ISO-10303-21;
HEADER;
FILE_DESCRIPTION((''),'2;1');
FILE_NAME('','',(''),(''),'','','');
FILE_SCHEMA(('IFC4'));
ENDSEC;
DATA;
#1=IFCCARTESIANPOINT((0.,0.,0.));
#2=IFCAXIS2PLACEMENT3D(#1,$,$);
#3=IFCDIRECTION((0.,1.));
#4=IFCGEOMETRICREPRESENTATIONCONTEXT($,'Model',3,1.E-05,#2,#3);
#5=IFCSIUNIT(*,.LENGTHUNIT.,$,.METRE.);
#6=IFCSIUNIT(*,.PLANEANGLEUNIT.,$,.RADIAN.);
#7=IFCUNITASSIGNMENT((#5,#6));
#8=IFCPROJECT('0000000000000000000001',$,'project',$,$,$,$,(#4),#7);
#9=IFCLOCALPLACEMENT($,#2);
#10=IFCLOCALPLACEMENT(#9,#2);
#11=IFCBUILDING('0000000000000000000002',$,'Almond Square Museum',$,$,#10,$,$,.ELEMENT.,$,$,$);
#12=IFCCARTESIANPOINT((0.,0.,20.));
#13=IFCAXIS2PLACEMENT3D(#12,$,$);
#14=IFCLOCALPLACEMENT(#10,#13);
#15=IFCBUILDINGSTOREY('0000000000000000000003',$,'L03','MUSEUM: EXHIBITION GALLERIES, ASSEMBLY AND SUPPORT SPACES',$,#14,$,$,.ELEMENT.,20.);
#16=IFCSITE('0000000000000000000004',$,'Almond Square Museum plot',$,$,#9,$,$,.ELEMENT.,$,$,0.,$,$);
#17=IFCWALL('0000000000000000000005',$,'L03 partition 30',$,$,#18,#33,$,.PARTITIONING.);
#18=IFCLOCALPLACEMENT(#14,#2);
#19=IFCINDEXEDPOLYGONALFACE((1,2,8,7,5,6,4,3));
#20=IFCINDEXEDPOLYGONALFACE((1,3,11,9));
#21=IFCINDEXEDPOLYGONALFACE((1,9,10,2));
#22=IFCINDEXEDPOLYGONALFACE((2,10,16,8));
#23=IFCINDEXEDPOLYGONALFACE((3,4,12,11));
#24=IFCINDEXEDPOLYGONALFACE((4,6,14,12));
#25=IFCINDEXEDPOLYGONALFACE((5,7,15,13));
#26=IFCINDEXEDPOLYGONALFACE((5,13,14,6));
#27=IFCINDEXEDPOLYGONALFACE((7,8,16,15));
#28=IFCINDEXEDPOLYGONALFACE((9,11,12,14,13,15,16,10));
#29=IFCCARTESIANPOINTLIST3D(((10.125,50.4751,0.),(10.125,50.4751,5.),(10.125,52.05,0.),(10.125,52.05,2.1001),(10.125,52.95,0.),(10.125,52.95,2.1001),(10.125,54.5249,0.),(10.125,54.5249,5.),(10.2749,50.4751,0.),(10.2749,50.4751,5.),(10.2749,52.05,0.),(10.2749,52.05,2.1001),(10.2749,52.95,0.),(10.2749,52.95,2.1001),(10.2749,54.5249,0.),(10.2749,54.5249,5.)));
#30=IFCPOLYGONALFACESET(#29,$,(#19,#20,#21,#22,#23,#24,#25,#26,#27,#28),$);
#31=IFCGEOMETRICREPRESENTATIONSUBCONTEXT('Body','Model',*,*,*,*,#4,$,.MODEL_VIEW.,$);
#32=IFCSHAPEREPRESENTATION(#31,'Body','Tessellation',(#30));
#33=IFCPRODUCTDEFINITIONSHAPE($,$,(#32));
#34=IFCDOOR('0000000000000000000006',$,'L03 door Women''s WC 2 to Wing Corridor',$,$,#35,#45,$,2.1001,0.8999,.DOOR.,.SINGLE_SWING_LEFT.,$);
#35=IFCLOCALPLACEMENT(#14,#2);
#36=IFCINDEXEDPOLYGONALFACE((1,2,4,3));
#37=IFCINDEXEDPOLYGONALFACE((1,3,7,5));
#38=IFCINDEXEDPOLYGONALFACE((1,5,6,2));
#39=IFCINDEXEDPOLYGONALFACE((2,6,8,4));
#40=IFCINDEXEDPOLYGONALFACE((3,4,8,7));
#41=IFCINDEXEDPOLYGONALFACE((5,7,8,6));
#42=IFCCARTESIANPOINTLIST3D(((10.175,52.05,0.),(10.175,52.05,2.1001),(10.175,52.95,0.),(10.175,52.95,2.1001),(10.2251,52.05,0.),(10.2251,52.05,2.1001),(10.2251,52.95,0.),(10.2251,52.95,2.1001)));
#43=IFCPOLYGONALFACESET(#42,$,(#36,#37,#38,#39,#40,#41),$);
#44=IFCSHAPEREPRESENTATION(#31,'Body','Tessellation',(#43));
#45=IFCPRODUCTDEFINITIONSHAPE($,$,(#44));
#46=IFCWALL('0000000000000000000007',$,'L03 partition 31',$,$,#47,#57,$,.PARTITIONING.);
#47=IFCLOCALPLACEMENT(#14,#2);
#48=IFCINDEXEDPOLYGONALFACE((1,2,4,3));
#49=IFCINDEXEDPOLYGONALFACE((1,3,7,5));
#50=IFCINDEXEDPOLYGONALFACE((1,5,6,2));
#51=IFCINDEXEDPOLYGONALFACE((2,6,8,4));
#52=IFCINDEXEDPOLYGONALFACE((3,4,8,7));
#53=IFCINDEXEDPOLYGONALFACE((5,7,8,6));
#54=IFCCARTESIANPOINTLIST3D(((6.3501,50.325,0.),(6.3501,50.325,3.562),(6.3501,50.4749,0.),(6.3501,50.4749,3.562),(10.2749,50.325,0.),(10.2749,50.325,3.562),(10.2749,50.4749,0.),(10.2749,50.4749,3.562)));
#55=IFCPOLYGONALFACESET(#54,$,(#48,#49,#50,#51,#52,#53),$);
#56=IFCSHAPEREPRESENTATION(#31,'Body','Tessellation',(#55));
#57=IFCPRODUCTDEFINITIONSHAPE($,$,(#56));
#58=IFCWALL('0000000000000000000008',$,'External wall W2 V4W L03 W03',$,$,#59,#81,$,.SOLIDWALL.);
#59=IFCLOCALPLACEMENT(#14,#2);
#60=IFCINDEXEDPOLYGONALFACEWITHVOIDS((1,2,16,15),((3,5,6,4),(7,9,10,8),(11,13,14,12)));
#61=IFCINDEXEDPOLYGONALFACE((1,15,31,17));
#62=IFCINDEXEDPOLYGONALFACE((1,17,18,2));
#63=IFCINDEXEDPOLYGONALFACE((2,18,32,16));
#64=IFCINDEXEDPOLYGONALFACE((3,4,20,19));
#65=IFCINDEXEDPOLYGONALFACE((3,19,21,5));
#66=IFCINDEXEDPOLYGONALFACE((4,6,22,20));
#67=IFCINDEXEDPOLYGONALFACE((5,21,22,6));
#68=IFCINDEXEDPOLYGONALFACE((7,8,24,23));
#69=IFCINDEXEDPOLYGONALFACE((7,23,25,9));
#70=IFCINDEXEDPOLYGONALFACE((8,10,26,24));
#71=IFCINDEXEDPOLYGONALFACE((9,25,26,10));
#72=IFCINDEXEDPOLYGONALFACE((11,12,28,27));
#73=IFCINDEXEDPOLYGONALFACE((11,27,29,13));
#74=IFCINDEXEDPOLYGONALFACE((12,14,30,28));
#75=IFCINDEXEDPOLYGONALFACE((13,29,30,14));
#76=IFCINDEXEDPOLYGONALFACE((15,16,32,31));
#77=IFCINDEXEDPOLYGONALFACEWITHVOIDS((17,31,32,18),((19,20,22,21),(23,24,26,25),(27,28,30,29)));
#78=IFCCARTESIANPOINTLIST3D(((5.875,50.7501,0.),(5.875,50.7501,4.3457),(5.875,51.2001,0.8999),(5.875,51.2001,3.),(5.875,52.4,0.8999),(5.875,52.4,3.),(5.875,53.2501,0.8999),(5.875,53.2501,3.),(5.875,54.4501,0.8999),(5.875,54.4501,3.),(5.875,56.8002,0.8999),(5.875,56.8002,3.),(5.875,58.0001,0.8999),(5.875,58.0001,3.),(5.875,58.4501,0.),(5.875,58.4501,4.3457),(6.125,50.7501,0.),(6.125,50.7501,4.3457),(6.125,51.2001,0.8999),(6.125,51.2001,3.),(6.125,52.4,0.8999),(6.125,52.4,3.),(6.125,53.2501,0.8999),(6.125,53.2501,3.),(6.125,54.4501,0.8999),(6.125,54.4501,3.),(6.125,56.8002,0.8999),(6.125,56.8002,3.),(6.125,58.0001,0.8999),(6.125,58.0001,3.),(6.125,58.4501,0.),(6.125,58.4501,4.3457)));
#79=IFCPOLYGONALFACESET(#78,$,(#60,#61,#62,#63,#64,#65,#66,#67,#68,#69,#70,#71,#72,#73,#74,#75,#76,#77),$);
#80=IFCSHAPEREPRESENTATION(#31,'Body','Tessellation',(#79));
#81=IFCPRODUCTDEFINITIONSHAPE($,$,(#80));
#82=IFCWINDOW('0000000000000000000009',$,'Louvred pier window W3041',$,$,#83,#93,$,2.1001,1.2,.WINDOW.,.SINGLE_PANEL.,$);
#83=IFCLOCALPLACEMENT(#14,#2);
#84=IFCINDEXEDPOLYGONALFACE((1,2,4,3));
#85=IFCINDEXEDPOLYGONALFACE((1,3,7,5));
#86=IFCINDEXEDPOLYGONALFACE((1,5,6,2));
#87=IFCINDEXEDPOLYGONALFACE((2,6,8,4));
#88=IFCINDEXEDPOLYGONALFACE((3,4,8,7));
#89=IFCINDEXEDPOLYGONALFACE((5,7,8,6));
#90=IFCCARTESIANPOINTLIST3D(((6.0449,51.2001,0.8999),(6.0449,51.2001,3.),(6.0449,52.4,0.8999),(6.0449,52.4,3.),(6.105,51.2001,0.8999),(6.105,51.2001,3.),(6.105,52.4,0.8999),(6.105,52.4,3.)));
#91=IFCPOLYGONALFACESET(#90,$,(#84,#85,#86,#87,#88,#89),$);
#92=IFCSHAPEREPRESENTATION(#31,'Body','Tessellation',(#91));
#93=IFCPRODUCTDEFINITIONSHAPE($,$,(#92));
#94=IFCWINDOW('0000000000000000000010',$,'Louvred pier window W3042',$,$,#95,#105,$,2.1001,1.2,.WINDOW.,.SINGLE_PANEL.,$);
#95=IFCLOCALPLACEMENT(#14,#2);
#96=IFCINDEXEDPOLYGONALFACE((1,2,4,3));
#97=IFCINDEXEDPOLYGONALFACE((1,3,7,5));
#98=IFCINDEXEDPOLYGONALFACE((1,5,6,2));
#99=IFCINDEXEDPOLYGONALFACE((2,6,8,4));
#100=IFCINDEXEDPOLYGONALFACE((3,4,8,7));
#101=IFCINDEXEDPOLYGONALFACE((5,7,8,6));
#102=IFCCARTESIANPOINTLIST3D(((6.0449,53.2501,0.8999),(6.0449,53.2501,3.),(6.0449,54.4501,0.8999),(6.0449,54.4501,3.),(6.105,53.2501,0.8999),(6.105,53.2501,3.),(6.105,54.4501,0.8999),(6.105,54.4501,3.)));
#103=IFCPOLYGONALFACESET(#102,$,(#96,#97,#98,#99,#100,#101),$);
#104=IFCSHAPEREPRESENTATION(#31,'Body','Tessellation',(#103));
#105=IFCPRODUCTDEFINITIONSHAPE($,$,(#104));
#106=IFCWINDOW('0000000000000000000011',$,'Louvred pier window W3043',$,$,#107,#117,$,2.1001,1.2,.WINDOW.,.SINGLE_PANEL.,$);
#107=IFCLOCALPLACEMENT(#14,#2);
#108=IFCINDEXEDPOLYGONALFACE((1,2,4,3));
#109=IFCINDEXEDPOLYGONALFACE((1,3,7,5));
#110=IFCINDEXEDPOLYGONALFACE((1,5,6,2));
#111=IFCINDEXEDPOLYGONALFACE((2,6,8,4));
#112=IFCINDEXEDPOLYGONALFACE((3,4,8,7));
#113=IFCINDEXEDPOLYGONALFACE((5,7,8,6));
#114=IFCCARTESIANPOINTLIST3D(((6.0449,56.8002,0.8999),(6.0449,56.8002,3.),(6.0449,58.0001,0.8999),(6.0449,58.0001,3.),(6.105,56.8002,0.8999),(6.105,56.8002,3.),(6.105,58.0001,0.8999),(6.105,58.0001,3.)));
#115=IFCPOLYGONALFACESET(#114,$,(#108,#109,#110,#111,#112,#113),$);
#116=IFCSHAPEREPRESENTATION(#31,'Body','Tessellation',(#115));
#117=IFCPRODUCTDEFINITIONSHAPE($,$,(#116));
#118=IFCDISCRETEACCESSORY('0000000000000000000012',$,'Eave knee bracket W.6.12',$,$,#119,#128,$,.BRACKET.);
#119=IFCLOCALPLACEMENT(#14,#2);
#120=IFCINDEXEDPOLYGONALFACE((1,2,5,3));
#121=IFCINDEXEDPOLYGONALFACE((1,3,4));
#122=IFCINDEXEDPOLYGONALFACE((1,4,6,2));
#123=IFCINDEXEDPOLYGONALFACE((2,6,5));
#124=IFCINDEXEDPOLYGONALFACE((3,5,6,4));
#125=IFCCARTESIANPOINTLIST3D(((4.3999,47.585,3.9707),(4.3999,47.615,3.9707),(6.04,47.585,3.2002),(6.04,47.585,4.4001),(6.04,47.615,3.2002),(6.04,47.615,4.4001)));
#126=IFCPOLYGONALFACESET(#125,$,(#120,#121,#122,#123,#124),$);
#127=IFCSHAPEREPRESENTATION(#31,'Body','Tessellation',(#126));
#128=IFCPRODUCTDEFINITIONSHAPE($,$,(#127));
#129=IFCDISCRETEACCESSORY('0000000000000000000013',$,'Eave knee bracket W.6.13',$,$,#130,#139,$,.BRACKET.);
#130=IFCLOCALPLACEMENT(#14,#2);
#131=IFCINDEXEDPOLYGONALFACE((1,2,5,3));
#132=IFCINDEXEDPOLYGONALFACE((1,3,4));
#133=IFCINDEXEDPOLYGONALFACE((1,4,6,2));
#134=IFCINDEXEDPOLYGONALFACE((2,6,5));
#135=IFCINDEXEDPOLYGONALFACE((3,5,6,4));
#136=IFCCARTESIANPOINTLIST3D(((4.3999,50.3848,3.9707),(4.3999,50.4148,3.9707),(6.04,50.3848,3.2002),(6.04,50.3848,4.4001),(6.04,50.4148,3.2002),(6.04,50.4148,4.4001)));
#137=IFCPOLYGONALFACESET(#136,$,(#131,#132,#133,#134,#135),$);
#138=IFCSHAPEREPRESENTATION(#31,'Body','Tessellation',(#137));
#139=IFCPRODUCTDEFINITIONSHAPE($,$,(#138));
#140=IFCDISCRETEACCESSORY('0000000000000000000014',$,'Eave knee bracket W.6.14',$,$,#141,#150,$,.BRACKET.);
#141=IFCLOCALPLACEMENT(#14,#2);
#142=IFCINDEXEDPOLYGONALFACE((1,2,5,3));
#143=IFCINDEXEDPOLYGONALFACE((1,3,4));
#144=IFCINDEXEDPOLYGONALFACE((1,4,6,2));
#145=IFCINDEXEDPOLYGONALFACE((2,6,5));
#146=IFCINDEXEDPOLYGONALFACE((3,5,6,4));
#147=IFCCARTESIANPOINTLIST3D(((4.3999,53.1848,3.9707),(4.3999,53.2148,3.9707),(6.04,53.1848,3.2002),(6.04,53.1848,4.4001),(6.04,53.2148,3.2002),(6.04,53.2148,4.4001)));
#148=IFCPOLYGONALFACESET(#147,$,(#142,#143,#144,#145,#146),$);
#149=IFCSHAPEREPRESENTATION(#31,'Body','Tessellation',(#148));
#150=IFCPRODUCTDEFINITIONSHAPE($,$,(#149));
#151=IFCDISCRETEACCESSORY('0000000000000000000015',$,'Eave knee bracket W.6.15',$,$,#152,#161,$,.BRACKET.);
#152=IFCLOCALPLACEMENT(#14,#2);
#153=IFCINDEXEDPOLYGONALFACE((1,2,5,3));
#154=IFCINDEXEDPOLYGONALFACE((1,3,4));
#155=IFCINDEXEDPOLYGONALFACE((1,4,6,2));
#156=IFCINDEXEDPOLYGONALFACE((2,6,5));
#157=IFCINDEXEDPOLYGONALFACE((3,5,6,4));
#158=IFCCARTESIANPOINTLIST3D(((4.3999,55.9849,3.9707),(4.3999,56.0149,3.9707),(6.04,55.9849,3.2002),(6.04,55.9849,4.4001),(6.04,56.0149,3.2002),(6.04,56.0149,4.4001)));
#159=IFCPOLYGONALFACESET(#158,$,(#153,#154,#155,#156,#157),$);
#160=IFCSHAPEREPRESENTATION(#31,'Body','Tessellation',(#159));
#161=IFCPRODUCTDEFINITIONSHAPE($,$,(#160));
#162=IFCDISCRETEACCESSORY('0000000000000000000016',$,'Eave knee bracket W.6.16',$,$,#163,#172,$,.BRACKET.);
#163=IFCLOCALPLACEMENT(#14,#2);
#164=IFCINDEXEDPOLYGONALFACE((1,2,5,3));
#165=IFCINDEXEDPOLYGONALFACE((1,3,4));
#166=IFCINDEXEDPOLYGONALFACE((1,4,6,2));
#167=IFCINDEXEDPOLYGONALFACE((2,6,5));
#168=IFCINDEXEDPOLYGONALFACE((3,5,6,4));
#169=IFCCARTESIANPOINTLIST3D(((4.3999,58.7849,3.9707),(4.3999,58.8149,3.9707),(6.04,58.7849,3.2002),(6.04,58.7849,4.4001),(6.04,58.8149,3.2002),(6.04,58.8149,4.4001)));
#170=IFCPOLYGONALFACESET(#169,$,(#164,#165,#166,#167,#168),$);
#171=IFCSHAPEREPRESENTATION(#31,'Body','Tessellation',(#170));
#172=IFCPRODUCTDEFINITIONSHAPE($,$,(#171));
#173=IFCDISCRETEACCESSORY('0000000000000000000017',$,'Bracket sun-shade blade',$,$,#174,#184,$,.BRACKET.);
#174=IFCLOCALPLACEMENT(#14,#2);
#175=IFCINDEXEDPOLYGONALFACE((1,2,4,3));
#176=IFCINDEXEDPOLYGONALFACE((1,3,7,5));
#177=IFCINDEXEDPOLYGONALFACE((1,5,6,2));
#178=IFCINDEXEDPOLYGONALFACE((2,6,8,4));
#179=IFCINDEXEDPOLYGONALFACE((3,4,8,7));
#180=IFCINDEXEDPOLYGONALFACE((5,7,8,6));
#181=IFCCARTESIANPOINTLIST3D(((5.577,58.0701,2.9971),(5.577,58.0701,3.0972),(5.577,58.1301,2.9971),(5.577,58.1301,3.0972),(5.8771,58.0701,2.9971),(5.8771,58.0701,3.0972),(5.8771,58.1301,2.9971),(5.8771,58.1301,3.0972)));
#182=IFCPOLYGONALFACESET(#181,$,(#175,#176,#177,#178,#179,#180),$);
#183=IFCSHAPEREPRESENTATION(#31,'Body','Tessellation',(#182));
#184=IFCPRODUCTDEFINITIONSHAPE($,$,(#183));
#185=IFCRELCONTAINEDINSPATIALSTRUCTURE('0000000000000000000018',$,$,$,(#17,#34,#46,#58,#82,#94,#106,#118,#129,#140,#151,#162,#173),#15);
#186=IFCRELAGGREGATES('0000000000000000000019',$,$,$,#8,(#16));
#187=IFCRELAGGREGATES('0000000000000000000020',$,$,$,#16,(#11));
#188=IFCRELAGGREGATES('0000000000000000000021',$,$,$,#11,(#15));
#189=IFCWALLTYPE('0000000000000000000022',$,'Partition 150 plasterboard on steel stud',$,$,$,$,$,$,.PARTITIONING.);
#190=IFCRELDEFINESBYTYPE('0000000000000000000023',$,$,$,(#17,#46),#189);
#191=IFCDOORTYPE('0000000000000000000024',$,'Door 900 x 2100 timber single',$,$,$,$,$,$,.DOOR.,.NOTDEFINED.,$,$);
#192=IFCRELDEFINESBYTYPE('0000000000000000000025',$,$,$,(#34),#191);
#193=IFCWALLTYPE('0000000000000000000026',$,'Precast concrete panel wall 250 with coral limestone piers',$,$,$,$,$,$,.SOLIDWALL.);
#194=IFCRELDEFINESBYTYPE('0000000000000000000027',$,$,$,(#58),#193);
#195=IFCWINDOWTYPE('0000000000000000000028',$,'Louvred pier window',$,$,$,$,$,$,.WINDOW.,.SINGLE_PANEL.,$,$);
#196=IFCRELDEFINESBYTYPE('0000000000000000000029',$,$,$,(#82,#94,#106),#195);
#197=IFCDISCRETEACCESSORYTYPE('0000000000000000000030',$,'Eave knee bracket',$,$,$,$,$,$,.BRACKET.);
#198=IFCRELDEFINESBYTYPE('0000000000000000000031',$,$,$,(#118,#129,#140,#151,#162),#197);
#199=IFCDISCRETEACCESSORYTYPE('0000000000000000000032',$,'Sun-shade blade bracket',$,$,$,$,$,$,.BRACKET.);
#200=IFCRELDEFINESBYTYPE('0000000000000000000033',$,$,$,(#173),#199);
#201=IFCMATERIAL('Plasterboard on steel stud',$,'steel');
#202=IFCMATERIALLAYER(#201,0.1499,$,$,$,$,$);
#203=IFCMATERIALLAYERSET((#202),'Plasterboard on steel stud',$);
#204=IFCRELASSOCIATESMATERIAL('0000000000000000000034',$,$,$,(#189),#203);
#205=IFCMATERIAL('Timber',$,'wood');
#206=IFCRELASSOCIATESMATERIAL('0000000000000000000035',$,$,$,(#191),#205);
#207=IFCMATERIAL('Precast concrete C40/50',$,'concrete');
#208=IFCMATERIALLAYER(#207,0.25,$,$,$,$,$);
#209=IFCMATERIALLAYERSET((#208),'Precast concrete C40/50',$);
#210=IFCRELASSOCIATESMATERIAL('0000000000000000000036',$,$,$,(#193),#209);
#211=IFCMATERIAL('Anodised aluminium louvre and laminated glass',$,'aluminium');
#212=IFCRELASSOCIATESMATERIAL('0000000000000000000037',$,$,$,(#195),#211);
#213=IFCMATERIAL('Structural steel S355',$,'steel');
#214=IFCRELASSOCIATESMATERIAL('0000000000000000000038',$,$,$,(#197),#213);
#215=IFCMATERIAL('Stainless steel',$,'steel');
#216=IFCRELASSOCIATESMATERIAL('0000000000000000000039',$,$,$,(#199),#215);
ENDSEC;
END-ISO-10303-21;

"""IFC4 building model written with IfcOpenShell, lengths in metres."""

from ifc_helpers import new_model, si_unit, direction, frame, frame_2d, origin, origin_2d, place, context, subcontext, project, spatial, polyline, rectangle, outline, extrude, material, layer, layer_set, type_object, element, fill, save


model = new_model("IFC4")

# Units and contexts
model_context = context("Model", 3, precision=1e-05, world=origin(), true_north=direction((0.0, 1.0)))
body_context = subcontext(model_context, "Body", "Model", "MODEL_VIEW")
ifc_project = project(units=[si_unit("LENGTHUNIT", "METRE"), si_unit("PLANEANGLEUNIT", "RADIAN")], contexts=[model_context])

# Site, building, storey
site_placement = place(None, origin())
site = spatial("IfcSite", under=ifc_project, at=site_placement, Name="Almond Square Museum plot", CompositionType="ELEMENT", RefElevation=0.0)
building_placement = place(site_placement, origin())
building = spatial("IfcBuilding", under=site, at=building_placement, Name="Almond Square Museum", CompositionType="ELEMENT")
storey_placement = place(building_placement, frame((0.0, 0.0, 20.0)))
storey = spatial("IfcBuildingStorey", under=building, at=storey_placement, Name="L03", Description="MUSEUM: EXHIBITION GALLERIES, ASSEMBLY AND SUPPORT SPACES", CompositionType="ELEMENT", Elevation=20.0)

# Shared definitions
ifc_material_1 = material(Name="Plasterboard on steel stud", Category="steel")
ifc_layer_1 = layer(ifc_material_1, 0.1499)
ifc_layer_set_1 = layer_set([ifc_layer_1], Name="Plasterboard on steel stud")
wall_type_1 = type_object("IfcWallType", Name="Partition 150 plasterboard on steel stud", PredefinedType="PARTITIONING", material=ifc_layer_set_1)

# Shared definitions
ifc_material_2 = material(Name="Timber", Category="wood")
door_type = type_object("IfcDoorType", Name="Door 900 x 2100 timber single", OperationType="NOTDEFINED", PredefinedType="DOOR", material=ifc_material_2)

# Wall, opening, door
wall_1_placement = place(storey_placement, frame((10.2, 50.4751, 0.0), z_axis=(0.0, 0.0, 1.0), x_axis=(0.0, 1.0, 0.0)))
wall_1 = element("IfcWall", 1, at=wall_1_placement, inside=storey, type_object=wall_type_1, Name="L03 partition 30", PredefinedType="PARTITIONING", context=body_context, shape_type="SweptSolid", body=[
    extrude(rectangle(XDim=4.0498, YDim=0.1499, at=frame_2d((2.0249, 0.0))), origin(), (0.0, 0.0, 1.0), 5.0),
])
opening_1_placement = place(wall_1_placement, frame((1.575, 0.0, 0.0)))
opening_1 = element("IfcOpeningElement", 2, at=opening_1_placement, cuts=wall_1, PredefinedType="OPENING", context=body_context, shape_type="SweptSolid", body=[
    extrude(rectangle(XDim=0.8999, YDim=2.1001, at=frame_2d((0.45, 1.05))), frame((0.0, 0.085, 0.0), z_axis=(0.0, -1.0, 0.0), x_axis=(1.0, 0.0, 0.0)), (0.0, 0.0, 1.0), 0.1699),
])
door_1_placement = place(opening_1_placement, origin())
door_1 = element("IfcDoor", 3, at=door_1_placement, inside=storey, type_object=door_type, Name="L03 door Women's WC 2 to Wing Corridor", OperationType="SINGLE_SWING_LEFT", OverallHeight=2.1001, OverallWidth=0.8999, PredefinedType="DOOR", context=body_context, shape_type="SweptSolid", body=[
    extrude(rectangle(XDim=0.8999, YDim=2.1001, at=frame_2d((0.45, 1.05))), frame((0.0, 0.0249, 0.0), z_axis=(0.0, -1.0, 0.0), x_axis=(1.0, 0.0, 0.0)), (0.0, 0.0, 1.0), 0.05),
])
fill(opening_1, door_1)

# Wall
wall_2_placement = place(storey_placement, frame((6.3501, 50.3999, 0.0), z_axis=(0.0, 0.0, 1.0), x_axis=(1.0, 0.0, 0.0)))
element("IfcWall", 4, at=wall_2_placement, inside=storey, type_object=wall_type_1, Name="L03 partition 31", PredefinedType="PARTITIONING", context=body_context, shape_type="SweptSolid", body=[
    extrude(rectangle(XDim=3.9248, YDim=0.1499, at=frame_2d((1.9624, 0.0))), origin(), (0.0, 0.0, 1.0), 3.562),
])

# Wall, openings, windows
ifc_material_3 = material(Name="Precast concrete C40/50", Category="concrete")
ifc_layer_2 = layer(ifc_material_3, 0.25)
ifc_layer_set_2 = layer_set([ifc_layer_2], Name="Precast concrete C40/50")
wall_type_2 = type_object("IfcWallType", Name="Precast concrete panel wall 250 with coral limestone piers", PredefinedType="SOLIDWALL", material=ifc_layer_set_2)
wall_3_placement = place(storey_placement, frame((6.0, 50.75, 0.0), z_axis=(0.0, 0.0, 1.0), x_axis=(0.0, 1.0, 0.0)))
wall_3 = element("IfcWall", 5, at=wall_3_placement, inside=storey, type_object=wall_type_2, Name="External wall W2 V4W L03 W03", PredefinedType="SOLIDWALL", context=body_context, shape_type="SweptSolid", body=[
    extrude(rectangle(XDim=7.7, YDim=0.25, at=frame_2d((3.8501, 0.0))), origin(), (0.0, 0.0, 1.0), 4.3457),
])
opening_2_placement = place(wall_3_placement, frame((0.45, 0.0, 0.8999)))
opening_2 = element("IfcOpeningElement", 6, at=opening_2_placement, cuts=wall_3, PredefinedType="OPENING", context=body_context, shape_type="SweptSolid", body=[
    extrude(rectangle(XDim=1.2, YDim=2.1001, at=frame_2d((0.6001, 1.05))), frame((0.0, 0.135, 0.0), z_axis=(0.0, -1.0, 0.0), x_axis=(1.0, 0.0, 0.0)), (0.0, 0.0, 1.0), 0.27),
])
opening_3_placement = place(wall_3_placement, frame((2.5, 0.0, 0.8999)))
opening_3 = element("IfcOpeningElement", 7, at=opening_3_placement, cuts=wall_3, PredefinedType="OPENING", context=body_context, shape_type="SweptSolid", body=[
    extrude(rectangle(XDim=1.2, YDim=2.1001, at=frame_2d((0.6001, 1.05))), frame((0.0, 0.135, 0.0), z_axis=(0.0, -1.0, 0.0), x_axis=(1.0, 0.0, 0.0)), (0.0, 0.0, 1.0), 0.27),
])
opening_4_placement = place(wall_3_placement, frame((6.05, 0.0, 0.8999)))
opening_4 = element("IfcOpeningElement", 8, at=opening_4_placement, cuts=wall_3, PredefinedType="OPENING", context=body_context, shape_type="SweptSolid", body=[
    extrude(rectangle(XDim=1.2, YDim=2.1001, at=frame_2d((0.6001, 1.05))), frame((0.0, 0.135, 0.0), z_axis=(0.0, -1.0, 0.0), x_axis=(1.0, 0.0, 0.0)), (0.0, 0.0, 1.0), 0.27),
])
ifc_material_4 = material(Name="Anodised aluminium louvre and laminated glass", Category="aluminium")
window_type = type_object("IfcWindowType", Name="Louvred pier window", PartitioningType="SINGLE_PANEL", PredefinedType="WINDOW", material=ifc_material_4)
window_1_placement = place(opening_2_placement, origin())
window_1 = element("IfcWindow", 9, at=window_1_placement, inside=storey, type_object=window_type, Name="Louvred pier window W3041", OverallHeight=2.1001, OverallWidth=1.2, PartitioningType="SINGLE_PANEL", PredefinedType="WINDOW", context=body_context, shape_type="SweptSolid", body=[
    extrude(rectangle(XDim=1.2, YDim=2.1001, at=frame_2d((0.6001, 1.05))), frame((0.0, -0.0449, 0.0), z_axis=(0.0, -1.0, 0.0), x_axis=(1.0, 0.0, 0.0)), (0.0, 0.0, 1.0), 0.0601),
])
fill(opening_2, window_1)
window_2_placement = place(opening_3_placement, origin())
window_2 = element("IfcWindow", 10, at=window_2_placement, inside=storey, type_object=window_type, Name="Louvred pier window W3042", OverallHeight=2.1001, OverallWidth=1.2, PartitioningType="SINGLE_PANEL", PredefinedType="WINDOW", context=body_context, shape_type="SweptSolid", body=[
    extrude(rectangle(XDim=1.2, YDim=2.1001, at=frame_2d((0.6001, 1.05))), frame((0.0, -0.0449, 0.0), z_axis=(0.0, -1.0, 0.0), x_axis=(1.0, 0.0, 0.0)), (0.0, 0.0, 1.0), 0.0601),
])
fill(opening_3, window_2)
window_3_placement = place(opening_4_placement, origin())
window_3 = element("IfcWindow", 11, at=window_3_placement, inside=storey, type_object=window_type, Name="Louvred pier window W3043", OverallHeight=2.1001, OverallWidth=1.2, PartitioningType="SINGLE_PANEL", PredefinedType="WINDOW", context=body_context, shape_type="SweptSolid", body=[
    extrude(rectangle(XDim=1.2, YDim=2.1001, at=frame_2d((0.6001, 1.05))), frame((0.0, -0.0449, 0.0), z_axis=(0.0, -1.0, 0.0), x_axis=(1.0, 0.0, 0.0)), (0.0, 0.0, 1.0), 0.0601),
])
fill(opening_4, window_3)

# Discrete accessories
ifc_material_5 = material(Name="Structural steel S355", Category="steel")
discrete_accessory_type_1 = type_object("IfcDiscreteAccessoryType", Name="Eave knee bracket", PredefinedType="BRACKET", material=ifc_material_5)
for number, where, z_axis, x_axis, name in (
    (12, (6.04, 47.6001, 4.4001), (0.0, 1.0, 0.0), (0.0, 0.0, -1.0), "Eave knee bracket W.6.12"),
    (13, (6.04, 50.3999, 4.4001), (0.0, 1.0, 0.0), (0.0, 0.0, -1.0), "Eave knee bracket W.6.13"),
    (14, (6.04, 53.2, 4.4001), (0.0, 1.0, 0.0), (0.0, 0.0, -1.0), "Eave knee bracket W.6.14"),
    (15, (6.04, 56.0, 4.4001), (0.0, 1.0, 0.0), (0.0, 0.0, -1.0), "Eave knee bracket W.6.15"),
    (16, (6.04, 58.8, 4.4001), (0.0, 1.0, 0.0), (0.0, 0.0, -1.0), "Eave knee bracket W.6.16"),
):
    element("IfcDiscreteAccessory", number, at=place(storey_placement, frame(where, z_axis=z_axis, x_axis=x_axis)), inside=storey, type_object=discrete_accessory_type_1, Name=name, PredefinedType="BRACKET", context=body_context, shape_type="SweptSolid", body=[
        extrude(outline(polyline([(0.0, 0.0), (1.2, 0.0), (0.4294, 1.6401), (0.0, 0.0)])), frame((0.0, 0.0, -0.0151)), (0.0, 0.0, 1.0), 0.03),
    ])
ifc_material_6 = material(Name="Stainless steel", Category="steel")
discrete_accessory_type_2 = type_object("IfcDiscreteAccessoryType", Name="Sun-shade blade bracket", PredefinedType="BRACKET", material=ifc_material_6)
discrete_accessory_placement = place(storey_placement, frame((5.7271, 58.1001, 2.9971), z_axis=(0.0, 0.0, 1.0), x_axis=(1.0, 0.0, 0.0)))
element("IfcDiscreteAccessory", 17, at=discrete_accessory_placement, inside=storey, type_object=discrete_accessory_type_2, Name="Bracket sun-shade blade", PredefinedType="BRACKET", context=body_context, shape_type="SweptSolid", body=[
    extrude(rectangle(XDim=0.3, YDim=0.0601, at=origin_2d()), origin(), (0.0, 0.0, 1.0), 0.1001),
])

save(model, "model.ifc")
